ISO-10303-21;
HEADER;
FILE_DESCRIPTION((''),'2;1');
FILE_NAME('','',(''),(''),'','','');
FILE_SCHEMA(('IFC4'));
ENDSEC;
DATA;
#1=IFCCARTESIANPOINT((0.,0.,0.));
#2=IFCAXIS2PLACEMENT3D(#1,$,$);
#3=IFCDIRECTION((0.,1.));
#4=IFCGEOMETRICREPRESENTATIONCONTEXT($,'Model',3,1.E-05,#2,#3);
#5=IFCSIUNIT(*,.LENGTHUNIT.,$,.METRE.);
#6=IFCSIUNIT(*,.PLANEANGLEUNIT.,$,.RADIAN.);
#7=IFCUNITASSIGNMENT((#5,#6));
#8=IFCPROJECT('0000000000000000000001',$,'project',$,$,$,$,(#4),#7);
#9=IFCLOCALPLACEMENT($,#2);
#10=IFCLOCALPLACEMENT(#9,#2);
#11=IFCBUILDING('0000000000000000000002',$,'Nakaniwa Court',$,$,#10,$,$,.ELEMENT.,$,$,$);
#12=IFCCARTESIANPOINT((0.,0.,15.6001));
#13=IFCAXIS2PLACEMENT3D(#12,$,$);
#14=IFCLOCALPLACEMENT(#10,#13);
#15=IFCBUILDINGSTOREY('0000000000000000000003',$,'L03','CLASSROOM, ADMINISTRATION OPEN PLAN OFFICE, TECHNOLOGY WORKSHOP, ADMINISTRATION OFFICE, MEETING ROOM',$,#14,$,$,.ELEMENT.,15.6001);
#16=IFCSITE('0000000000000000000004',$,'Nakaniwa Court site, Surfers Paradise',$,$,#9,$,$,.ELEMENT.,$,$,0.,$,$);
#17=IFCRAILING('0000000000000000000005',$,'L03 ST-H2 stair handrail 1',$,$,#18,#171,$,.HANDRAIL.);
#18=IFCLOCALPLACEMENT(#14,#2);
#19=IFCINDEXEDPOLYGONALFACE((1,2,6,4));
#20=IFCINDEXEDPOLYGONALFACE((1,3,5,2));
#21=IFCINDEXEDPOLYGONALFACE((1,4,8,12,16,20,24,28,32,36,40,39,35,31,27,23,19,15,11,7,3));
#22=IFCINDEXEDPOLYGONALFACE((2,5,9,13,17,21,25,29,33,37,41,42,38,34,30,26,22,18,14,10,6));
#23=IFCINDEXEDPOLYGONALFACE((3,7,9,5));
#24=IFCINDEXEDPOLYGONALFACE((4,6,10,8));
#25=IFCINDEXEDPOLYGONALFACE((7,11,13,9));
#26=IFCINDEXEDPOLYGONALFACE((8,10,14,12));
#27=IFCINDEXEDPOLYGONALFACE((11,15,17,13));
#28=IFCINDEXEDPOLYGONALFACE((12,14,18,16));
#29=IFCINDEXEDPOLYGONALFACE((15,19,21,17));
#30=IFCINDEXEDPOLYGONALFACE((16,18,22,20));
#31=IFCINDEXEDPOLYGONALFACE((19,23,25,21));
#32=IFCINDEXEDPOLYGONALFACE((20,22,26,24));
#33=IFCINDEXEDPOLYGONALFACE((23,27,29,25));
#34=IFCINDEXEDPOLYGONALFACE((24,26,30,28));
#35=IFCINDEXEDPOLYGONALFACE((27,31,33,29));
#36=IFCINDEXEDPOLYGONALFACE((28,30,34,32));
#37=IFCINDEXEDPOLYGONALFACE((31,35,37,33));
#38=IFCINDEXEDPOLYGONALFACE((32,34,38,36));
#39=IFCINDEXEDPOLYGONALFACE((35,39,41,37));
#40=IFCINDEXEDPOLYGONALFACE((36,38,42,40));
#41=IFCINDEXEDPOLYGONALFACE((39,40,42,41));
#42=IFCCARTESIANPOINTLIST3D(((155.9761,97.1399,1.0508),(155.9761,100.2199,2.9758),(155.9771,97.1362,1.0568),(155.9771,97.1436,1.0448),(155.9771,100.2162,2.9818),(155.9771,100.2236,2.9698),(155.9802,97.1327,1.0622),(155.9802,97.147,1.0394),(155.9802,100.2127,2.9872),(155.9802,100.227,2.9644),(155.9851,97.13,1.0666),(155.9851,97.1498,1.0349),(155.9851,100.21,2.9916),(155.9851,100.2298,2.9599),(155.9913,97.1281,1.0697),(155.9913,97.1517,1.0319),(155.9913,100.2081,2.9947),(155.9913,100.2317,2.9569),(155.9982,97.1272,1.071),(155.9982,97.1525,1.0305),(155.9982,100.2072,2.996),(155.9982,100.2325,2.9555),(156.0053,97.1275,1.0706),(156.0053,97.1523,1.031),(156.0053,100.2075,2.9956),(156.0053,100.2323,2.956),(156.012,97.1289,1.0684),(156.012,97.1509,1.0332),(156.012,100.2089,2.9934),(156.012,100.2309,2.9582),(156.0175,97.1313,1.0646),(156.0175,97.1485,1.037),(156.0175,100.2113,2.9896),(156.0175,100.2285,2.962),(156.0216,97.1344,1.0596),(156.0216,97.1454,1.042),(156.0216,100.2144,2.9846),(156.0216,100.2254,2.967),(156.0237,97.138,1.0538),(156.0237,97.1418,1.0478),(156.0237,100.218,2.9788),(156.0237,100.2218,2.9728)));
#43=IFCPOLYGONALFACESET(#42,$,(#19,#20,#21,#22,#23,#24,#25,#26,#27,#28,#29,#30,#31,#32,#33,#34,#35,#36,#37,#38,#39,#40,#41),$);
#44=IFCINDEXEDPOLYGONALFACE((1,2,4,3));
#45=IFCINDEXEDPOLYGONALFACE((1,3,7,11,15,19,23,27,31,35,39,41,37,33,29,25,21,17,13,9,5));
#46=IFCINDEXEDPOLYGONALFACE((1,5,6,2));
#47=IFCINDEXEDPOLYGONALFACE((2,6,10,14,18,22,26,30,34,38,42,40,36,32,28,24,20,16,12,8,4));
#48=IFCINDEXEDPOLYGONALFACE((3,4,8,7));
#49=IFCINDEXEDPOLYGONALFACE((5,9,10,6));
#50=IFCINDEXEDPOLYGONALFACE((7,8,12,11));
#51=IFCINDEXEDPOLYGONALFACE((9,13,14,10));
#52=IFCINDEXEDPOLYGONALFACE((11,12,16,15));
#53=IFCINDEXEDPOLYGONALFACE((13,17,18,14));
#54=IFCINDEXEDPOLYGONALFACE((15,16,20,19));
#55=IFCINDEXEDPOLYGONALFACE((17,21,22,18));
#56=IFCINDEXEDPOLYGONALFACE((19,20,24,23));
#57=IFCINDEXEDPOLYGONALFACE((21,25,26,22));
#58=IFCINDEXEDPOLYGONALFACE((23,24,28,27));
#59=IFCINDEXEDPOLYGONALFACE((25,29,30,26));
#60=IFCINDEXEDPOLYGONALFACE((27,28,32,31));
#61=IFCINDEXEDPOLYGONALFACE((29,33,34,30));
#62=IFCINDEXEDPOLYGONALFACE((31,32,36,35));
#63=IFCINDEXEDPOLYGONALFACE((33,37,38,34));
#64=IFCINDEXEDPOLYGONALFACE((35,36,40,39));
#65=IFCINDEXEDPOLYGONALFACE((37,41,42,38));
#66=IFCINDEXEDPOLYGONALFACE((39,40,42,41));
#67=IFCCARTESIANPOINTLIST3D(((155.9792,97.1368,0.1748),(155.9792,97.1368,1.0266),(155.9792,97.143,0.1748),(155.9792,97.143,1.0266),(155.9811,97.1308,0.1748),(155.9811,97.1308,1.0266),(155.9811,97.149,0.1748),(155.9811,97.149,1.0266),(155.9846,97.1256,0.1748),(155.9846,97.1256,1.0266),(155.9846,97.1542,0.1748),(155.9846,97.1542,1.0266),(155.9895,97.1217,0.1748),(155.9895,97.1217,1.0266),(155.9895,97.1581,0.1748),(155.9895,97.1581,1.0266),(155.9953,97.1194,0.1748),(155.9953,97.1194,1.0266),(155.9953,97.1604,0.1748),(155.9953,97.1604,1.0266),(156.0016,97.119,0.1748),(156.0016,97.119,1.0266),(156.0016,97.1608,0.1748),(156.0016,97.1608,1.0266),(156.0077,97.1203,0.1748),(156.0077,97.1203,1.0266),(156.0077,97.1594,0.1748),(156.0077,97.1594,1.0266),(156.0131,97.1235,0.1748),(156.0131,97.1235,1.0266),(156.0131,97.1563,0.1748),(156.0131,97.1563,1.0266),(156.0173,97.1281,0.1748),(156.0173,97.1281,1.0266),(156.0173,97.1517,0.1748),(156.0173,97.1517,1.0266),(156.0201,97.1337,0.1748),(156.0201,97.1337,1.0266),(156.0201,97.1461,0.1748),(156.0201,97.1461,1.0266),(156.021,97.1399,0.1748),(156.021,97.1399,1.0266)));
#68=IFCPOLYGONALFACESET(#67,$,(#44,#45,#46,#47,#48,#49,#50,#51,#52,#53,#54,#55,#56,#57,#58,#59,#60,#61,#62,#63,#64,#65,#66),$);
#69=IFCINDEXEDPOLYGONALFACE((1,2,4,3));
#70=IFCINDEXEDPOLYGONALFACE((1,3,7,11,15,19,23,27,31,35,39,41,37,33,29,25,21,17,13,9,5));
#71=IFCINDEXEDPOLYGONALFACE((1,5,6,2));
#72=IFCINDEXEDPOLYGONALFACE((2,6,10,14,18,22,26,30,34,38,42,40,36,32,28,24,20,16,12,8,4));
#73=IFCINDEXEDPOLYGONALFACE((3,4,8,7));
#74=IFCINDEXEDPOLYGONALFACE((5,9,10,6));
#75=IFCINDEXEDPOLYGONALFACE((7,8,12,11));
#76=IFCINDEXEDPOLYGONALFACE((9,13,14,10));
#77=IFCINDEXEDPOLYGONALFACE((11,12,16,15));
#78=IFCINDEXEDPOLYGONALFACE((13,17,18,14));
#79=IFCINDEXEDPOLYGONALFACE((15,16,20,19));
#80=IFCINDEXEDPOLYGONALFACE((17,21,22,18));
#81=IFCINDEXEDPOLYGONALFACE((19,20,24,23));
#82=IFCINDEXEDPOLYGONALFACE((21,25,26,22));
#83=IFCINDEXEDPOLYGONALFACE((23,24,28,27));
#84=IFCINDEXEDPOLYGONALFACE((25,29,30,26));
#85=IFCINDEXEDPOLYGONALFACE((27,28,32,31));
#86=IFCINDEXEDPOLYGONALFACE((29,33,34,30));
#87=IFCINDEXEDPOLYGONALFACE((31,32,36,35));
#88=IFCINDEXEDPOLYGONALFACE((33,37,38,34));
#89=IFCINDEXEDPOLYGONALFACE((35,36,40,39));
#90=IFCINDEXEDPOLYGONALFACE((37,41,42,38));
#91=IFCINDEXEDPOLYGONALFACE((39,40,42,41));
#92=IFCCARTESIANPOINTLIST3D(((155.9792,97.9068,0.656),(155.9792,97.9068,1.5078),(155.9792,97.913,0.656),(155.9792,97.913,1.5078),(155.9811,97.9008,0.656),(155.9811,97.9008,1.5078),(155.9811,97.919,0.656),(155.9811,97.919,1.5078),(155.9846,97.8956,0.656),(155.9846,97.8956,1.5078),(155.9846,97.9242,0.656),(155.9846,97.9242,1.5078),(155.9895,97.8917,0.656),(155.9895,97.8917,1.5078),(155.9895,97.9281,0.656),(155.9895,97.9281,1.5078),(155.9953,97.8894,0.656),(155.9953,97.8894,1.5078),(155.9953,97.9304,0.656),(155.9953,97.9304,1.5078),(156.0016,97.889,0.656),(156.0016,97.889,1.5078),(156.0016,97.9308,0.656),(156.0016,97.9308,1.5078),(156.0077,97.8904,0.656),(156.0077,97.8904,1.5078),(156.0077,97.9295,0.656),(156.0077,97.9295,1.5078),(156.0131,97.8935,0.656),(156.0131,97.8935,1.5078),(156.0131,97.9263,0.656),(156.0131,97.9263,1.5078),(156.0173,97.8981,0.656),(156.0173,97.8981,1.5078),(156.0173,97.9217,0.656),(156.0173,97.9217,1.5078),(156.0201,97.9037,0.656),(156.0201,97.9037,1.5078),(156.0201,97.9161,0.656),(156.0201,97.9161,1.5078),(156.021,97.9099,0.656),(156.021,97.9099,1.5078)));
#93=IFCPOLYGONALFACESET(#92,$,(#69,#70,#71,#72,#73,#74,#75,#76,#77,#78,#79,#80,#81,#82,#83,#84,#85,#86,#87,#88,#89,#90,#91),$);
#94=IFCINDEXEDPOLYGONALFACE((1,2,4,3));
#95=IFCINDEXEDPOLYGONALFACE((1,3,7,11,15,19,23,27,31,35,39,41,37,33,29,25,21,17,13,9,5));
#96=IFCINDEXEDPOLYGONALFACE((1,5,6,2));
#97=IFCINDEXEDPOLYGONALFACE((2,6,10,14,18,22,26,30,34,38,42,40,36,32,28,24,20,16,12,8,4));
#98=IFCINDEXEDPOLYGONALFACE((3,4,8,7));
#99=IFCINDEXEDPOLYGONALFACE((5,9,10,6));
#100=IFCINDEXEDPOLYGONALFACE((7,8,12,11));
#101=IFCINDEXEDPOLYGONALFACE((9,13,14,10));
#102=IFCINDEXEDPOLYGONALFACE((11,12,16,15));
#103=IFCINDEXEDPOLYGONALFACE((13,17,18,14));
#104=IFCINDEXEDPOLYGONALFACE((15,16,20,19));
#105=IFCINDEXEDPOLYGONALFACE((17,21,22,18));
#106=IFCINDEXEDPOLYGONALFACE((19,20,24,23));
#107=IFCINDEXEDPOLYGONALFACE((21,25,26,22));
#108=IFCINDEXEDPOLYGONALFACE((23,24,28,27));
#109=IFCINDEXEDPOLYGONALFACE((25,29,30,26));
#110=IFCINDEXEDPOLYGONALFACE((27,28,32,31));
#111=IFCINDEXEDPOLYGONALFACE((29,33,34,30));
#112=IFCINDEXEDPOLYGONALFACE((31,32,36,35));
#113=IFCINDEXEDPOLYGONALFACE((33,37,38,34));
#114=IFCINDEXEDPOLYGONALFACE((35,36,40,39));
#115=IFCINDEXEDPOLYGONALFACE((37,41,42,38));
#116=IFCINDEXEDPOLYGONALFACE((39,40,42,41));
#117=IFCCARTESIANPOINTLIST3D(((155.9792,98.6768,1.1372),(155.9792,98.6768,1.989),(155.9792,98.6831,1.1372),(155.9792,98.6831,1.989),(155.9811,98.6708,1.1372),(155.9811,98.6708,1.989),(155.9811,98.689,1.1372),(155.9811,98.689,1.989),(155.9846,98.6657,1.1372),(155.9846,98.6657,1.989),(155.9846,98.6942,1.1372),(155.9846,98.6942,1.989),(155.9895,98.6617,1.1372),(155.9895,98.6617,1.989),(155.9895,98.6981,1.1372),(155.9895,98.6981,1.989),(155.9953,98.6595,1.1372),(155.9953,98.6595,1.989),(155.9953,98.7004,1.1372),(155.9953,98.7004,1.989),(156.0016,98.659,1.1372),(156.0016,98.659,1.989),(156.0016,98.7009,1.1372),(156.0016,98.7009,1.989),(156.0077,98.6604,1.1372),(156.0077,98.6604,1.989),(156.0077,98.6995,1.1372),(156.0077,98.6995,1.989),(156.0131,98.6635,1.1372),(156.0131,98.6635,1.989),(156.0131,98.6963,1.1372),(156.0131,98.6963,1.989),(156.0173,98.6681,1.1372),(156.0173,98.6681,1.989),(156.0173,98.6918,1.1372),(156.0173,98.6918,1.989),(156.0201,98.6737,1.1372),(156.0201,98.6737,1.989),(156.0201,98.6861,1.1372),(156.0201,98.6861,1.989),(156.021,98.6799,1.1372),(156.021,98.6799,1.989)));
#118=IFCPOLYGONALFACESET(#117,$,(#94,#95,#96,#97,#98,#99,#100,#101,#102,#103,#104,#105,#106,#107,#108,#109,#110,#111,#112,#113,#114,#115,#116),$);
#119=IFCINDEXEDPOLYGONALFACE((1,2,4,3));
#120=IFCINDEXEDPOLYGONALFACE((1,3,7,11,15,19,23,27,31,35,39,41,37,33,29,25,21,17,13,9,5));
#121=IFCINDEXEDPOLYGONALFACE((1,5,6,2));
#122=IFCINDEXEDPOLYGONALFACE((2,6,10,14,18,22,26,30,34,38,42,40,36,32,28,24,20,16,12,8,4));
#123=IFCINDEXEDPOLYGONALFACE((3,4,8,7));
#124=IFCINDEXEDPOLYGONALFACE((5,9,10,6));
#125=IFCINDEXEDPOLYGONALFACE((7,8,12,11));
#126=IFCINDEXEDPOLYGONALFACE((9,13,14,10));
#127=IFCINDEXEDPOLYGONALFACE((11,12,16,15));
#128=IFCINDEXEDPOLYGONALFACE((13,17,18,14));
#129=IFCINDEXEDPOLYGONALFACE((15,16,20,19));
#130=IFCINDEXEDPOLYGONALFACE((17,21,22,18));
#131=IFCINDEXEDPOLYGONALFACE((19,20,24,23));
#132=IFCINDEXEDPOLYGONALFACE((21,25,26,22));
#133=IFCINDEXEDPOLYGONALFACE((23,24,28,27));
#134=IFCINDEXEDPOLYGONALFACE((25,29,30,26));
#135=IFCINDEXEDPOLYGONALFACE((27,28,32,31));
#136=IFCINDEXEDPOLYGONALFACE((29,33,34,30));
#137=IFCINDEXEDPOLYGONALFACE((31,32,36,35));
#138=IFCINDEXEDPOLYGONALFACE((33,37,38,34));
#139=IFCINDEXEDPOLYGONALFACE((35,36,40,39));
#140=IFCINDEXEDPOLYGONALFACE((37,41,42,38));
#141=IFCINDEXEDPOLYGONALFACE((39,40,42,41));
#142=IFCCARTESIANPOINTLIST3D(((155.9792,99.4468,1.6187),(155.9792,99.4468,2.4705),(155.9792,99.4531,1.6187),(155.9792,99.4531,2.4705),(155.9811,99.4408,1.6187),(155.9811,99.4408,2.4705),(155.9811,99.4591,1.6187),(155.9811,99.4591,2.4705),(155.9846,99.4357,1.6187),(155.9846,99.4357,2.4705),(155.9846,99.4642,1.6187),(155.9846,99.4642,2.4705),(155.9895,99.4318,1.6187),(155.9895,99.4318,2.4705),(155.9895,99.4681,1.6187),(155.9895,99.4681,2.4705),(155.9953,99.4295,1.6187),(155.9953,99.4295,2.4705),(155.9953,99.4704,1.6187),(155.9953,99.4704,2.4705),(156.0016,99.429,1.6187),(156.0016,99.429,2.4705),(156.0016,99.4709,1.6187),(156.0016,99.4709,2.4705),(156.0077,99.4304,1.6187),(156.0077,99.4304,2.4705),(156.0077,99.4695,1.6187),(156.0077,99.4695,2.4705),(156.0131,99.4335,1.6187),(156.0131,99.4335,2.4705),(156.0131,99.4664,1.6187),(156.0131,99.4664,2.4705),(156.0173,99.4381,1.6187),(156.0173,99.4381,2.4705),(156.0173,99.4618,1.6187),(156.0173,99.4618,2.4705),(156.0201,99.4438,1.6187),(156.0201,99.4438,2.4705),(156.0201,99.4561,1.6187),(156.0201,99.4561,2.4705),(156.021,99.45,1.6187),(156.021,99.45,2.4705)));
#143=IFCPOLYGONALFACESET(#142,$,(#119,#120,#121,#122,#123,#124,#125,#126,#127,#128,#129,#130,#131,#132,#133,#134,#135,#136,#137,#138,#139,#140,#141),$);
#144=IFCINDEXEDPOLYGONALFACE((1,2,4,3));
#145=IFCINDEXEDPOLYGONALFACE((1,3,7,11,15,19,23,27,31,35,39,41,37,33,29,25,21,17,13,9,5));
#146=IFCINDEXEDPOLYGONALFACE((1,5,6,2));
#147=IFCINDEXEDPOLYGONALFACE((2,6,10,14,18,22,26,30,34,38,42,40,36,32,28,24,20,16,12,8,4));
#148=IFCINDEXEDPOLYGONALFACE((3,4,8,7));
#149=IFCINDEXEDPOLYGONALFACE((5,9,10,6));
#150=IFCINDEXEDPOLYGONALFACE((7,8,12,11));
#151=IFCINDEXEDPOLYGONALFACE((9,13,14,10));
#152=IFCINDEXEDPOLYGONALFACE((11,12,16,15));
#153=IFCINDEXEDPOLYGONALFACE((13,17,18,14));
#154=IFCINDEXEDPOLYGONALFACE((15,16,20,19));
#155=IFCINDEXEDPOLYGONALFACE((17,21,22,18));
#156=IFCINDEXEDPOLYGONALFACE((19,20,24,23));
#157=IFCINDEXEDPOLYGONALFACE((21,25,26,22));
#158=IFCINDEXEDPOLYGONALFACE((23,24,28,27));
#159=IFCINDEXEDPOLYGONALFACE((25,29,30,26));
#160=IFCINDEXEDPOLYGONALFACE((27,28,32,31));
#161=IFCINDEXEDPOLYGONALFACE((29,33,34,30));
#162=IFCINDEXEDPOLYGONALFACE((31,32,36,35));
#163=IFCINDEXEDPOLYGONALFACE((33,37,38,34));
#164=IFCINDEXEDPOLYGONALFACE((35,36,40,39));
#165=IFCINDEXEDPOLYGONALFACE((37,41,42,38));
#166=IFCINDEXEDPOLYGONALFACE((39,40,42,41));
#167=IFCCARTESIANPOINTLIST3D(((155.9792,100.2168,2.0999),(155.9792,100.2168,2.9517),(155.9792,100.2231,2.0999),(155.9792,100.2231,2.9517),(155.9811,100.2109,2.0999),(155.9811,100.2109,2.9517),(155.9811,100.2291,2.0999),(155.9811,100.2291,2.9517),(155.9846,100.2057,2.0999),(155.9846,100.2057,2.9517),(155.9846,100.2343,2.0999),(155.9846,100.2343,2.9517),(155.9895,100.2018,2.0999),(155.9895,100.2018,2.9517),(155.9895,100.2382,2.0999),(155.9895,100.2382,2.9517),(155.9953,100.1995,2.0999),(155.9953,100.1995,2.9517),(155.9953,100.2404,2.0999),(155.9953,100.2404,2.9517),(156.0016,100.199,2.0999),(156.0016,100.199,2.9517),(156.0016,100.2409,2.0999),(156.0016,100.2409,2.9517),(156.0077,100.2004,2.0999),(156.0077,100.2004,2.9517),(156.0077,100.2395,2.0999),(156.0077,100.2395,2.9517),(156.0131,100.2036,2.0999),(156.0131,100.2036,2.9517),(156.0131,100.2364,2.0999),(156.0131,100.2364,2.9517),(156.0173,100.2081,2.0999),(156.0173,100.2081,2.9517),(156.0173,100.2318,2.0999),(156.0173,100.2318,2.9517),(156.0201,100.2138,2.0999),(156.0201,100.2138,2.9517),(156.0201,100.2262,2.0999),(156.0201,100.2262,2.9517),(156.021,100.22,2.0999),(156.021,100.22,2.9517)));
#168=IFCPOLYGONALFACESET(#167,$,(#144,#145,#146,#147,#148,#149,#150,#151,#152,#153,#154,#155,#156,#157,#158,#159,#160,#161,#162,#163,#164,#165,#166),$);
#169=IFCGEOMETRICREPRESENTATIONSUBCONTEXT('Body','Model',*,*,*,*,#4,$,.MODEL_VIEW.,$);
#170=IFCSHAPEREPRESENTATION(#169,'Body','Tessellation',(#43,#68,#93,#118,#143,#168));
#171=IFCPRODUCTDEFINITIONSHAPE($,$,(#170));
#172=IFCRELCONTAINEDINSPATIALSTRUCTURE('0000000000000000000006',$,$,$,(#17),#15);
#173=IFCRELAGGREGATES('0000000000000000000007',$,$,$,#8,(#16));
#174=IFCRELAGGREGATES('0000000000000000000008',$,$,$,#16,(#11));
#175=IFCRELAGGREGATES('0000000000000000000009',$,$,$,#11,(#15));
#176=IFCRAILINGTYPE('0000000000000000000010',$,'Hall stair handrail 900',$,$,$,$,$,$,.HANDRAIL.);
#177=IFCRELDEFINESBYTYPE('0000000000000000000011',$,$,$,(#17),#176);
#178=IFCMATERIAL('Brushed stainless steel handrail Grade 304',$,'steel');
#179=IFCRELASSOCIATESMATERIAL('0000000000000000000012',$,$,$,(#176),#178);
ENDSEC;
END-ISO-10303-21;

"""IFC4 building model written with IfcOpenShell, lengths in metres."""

from ifc_helpers import new_model, si_unit, direction, frame, origin, origin_2d, place, context, subcontext, project, spatial, circle, extrude, material, type_object, element, save


model = new_model("IFC4")

# Units and contexts
model_context = context("Model", 3, precision=1e-05, world=origin(), true_north=direction((0.0, 1.0)))
body_context = subcontext(model_context, "Body", "Model", "MODEL_VIEW")
ifc_project = project(units=[si_unit("LENGTHUNIT", "METRE"), si_unit("PLANEANGLEUNIT", "RADIAN")], contexts=[model_context])

# Site, building, storey
site_placement = place(None, origin())
site = spatial("IfcSite", under=ifc_project, at=site_placement, Name="Nakaniwa Court site, Surfers Paradise", CompositionType="ELEMENT", RefElevation=0.0)
building_placement = place(site_placement, origin())
building = spatial("IfcBuilding", under=site, at=building_placement, Name="Nakaniwa Court", CompositionType="ELEMENT")
storey_placement = place(building_placement, frame((0.0, 0.0, 15.6001)))
storey = spatial("IfcBuildingStorey", under=building, at=storey_placement, Name="L03", Description="CLASSROOM, ADMINISTRATION OPEN PLAN OFFICE, TECHNOLOGY WORKSHOP, ADMINISTRATION OFFICE, MEETING ROOM", CompositionType="ELEMENT", Elevation=15.6001)

# Railing
ifc_material_1 = material(Name="Brushed stainless steel handrail Grade 304", Category="steel")
railing_type_1 = type_object("IfcRailingType", Name="Hall stair handrail 900", PredefinedType="HANDRAIL", material=ifc_material_1)
railing_1_placement = place(storey_placement, frame((156.0, 97.1399, 0.1748)))
element("IfcRailing", 1, at=railing_1_placement, inside=storey, type_object=railing_type_1, Name="L03 ST-H2 stair handrail 1", PredefinedType="HANDRAIL", context=body_context, shape_type="SweptSolid", body=[
    extrude(circle(Radius=0.0239, at=origin_2d()), frame((0.0, 0.0, 0.876), z_axis=(0.0, 0.847998, 0.529999), x_axis=(-1.0, 0.0, 0.0)), (0.0, 0.0, 1.0), 3.6321),
    extrude(circle(Radius=0.021, at=origin_2d()), origin(), (0.0, 0.0, 1.0), 0.8518),
    extrude(circle(Radius=0.021, at=origin_2d()), frame((0.0, 0.77, 0.4812)), (0.0, 0.0, 1.0), 0.8518),
    extrude(circle(Radius=0.021, at=origin_2d()), frame((0.0, 1.54, 0.9624)), (0.0, 0.0, 1.0), 0.8518),
    extrude(circle(Radius=0.021, at=origin_2d()), frame((0.0, 2.3101, 1.4438)), (0.0, 0.0, 1.0), 0.8518),
    extrude(circle(Radius=0.021, at=origin_2d()), frame((0.0, 3.0801, 1.925)), (0.0, 0.0, 1.0), 0.8518),
])

save(model, "model.ifc")
